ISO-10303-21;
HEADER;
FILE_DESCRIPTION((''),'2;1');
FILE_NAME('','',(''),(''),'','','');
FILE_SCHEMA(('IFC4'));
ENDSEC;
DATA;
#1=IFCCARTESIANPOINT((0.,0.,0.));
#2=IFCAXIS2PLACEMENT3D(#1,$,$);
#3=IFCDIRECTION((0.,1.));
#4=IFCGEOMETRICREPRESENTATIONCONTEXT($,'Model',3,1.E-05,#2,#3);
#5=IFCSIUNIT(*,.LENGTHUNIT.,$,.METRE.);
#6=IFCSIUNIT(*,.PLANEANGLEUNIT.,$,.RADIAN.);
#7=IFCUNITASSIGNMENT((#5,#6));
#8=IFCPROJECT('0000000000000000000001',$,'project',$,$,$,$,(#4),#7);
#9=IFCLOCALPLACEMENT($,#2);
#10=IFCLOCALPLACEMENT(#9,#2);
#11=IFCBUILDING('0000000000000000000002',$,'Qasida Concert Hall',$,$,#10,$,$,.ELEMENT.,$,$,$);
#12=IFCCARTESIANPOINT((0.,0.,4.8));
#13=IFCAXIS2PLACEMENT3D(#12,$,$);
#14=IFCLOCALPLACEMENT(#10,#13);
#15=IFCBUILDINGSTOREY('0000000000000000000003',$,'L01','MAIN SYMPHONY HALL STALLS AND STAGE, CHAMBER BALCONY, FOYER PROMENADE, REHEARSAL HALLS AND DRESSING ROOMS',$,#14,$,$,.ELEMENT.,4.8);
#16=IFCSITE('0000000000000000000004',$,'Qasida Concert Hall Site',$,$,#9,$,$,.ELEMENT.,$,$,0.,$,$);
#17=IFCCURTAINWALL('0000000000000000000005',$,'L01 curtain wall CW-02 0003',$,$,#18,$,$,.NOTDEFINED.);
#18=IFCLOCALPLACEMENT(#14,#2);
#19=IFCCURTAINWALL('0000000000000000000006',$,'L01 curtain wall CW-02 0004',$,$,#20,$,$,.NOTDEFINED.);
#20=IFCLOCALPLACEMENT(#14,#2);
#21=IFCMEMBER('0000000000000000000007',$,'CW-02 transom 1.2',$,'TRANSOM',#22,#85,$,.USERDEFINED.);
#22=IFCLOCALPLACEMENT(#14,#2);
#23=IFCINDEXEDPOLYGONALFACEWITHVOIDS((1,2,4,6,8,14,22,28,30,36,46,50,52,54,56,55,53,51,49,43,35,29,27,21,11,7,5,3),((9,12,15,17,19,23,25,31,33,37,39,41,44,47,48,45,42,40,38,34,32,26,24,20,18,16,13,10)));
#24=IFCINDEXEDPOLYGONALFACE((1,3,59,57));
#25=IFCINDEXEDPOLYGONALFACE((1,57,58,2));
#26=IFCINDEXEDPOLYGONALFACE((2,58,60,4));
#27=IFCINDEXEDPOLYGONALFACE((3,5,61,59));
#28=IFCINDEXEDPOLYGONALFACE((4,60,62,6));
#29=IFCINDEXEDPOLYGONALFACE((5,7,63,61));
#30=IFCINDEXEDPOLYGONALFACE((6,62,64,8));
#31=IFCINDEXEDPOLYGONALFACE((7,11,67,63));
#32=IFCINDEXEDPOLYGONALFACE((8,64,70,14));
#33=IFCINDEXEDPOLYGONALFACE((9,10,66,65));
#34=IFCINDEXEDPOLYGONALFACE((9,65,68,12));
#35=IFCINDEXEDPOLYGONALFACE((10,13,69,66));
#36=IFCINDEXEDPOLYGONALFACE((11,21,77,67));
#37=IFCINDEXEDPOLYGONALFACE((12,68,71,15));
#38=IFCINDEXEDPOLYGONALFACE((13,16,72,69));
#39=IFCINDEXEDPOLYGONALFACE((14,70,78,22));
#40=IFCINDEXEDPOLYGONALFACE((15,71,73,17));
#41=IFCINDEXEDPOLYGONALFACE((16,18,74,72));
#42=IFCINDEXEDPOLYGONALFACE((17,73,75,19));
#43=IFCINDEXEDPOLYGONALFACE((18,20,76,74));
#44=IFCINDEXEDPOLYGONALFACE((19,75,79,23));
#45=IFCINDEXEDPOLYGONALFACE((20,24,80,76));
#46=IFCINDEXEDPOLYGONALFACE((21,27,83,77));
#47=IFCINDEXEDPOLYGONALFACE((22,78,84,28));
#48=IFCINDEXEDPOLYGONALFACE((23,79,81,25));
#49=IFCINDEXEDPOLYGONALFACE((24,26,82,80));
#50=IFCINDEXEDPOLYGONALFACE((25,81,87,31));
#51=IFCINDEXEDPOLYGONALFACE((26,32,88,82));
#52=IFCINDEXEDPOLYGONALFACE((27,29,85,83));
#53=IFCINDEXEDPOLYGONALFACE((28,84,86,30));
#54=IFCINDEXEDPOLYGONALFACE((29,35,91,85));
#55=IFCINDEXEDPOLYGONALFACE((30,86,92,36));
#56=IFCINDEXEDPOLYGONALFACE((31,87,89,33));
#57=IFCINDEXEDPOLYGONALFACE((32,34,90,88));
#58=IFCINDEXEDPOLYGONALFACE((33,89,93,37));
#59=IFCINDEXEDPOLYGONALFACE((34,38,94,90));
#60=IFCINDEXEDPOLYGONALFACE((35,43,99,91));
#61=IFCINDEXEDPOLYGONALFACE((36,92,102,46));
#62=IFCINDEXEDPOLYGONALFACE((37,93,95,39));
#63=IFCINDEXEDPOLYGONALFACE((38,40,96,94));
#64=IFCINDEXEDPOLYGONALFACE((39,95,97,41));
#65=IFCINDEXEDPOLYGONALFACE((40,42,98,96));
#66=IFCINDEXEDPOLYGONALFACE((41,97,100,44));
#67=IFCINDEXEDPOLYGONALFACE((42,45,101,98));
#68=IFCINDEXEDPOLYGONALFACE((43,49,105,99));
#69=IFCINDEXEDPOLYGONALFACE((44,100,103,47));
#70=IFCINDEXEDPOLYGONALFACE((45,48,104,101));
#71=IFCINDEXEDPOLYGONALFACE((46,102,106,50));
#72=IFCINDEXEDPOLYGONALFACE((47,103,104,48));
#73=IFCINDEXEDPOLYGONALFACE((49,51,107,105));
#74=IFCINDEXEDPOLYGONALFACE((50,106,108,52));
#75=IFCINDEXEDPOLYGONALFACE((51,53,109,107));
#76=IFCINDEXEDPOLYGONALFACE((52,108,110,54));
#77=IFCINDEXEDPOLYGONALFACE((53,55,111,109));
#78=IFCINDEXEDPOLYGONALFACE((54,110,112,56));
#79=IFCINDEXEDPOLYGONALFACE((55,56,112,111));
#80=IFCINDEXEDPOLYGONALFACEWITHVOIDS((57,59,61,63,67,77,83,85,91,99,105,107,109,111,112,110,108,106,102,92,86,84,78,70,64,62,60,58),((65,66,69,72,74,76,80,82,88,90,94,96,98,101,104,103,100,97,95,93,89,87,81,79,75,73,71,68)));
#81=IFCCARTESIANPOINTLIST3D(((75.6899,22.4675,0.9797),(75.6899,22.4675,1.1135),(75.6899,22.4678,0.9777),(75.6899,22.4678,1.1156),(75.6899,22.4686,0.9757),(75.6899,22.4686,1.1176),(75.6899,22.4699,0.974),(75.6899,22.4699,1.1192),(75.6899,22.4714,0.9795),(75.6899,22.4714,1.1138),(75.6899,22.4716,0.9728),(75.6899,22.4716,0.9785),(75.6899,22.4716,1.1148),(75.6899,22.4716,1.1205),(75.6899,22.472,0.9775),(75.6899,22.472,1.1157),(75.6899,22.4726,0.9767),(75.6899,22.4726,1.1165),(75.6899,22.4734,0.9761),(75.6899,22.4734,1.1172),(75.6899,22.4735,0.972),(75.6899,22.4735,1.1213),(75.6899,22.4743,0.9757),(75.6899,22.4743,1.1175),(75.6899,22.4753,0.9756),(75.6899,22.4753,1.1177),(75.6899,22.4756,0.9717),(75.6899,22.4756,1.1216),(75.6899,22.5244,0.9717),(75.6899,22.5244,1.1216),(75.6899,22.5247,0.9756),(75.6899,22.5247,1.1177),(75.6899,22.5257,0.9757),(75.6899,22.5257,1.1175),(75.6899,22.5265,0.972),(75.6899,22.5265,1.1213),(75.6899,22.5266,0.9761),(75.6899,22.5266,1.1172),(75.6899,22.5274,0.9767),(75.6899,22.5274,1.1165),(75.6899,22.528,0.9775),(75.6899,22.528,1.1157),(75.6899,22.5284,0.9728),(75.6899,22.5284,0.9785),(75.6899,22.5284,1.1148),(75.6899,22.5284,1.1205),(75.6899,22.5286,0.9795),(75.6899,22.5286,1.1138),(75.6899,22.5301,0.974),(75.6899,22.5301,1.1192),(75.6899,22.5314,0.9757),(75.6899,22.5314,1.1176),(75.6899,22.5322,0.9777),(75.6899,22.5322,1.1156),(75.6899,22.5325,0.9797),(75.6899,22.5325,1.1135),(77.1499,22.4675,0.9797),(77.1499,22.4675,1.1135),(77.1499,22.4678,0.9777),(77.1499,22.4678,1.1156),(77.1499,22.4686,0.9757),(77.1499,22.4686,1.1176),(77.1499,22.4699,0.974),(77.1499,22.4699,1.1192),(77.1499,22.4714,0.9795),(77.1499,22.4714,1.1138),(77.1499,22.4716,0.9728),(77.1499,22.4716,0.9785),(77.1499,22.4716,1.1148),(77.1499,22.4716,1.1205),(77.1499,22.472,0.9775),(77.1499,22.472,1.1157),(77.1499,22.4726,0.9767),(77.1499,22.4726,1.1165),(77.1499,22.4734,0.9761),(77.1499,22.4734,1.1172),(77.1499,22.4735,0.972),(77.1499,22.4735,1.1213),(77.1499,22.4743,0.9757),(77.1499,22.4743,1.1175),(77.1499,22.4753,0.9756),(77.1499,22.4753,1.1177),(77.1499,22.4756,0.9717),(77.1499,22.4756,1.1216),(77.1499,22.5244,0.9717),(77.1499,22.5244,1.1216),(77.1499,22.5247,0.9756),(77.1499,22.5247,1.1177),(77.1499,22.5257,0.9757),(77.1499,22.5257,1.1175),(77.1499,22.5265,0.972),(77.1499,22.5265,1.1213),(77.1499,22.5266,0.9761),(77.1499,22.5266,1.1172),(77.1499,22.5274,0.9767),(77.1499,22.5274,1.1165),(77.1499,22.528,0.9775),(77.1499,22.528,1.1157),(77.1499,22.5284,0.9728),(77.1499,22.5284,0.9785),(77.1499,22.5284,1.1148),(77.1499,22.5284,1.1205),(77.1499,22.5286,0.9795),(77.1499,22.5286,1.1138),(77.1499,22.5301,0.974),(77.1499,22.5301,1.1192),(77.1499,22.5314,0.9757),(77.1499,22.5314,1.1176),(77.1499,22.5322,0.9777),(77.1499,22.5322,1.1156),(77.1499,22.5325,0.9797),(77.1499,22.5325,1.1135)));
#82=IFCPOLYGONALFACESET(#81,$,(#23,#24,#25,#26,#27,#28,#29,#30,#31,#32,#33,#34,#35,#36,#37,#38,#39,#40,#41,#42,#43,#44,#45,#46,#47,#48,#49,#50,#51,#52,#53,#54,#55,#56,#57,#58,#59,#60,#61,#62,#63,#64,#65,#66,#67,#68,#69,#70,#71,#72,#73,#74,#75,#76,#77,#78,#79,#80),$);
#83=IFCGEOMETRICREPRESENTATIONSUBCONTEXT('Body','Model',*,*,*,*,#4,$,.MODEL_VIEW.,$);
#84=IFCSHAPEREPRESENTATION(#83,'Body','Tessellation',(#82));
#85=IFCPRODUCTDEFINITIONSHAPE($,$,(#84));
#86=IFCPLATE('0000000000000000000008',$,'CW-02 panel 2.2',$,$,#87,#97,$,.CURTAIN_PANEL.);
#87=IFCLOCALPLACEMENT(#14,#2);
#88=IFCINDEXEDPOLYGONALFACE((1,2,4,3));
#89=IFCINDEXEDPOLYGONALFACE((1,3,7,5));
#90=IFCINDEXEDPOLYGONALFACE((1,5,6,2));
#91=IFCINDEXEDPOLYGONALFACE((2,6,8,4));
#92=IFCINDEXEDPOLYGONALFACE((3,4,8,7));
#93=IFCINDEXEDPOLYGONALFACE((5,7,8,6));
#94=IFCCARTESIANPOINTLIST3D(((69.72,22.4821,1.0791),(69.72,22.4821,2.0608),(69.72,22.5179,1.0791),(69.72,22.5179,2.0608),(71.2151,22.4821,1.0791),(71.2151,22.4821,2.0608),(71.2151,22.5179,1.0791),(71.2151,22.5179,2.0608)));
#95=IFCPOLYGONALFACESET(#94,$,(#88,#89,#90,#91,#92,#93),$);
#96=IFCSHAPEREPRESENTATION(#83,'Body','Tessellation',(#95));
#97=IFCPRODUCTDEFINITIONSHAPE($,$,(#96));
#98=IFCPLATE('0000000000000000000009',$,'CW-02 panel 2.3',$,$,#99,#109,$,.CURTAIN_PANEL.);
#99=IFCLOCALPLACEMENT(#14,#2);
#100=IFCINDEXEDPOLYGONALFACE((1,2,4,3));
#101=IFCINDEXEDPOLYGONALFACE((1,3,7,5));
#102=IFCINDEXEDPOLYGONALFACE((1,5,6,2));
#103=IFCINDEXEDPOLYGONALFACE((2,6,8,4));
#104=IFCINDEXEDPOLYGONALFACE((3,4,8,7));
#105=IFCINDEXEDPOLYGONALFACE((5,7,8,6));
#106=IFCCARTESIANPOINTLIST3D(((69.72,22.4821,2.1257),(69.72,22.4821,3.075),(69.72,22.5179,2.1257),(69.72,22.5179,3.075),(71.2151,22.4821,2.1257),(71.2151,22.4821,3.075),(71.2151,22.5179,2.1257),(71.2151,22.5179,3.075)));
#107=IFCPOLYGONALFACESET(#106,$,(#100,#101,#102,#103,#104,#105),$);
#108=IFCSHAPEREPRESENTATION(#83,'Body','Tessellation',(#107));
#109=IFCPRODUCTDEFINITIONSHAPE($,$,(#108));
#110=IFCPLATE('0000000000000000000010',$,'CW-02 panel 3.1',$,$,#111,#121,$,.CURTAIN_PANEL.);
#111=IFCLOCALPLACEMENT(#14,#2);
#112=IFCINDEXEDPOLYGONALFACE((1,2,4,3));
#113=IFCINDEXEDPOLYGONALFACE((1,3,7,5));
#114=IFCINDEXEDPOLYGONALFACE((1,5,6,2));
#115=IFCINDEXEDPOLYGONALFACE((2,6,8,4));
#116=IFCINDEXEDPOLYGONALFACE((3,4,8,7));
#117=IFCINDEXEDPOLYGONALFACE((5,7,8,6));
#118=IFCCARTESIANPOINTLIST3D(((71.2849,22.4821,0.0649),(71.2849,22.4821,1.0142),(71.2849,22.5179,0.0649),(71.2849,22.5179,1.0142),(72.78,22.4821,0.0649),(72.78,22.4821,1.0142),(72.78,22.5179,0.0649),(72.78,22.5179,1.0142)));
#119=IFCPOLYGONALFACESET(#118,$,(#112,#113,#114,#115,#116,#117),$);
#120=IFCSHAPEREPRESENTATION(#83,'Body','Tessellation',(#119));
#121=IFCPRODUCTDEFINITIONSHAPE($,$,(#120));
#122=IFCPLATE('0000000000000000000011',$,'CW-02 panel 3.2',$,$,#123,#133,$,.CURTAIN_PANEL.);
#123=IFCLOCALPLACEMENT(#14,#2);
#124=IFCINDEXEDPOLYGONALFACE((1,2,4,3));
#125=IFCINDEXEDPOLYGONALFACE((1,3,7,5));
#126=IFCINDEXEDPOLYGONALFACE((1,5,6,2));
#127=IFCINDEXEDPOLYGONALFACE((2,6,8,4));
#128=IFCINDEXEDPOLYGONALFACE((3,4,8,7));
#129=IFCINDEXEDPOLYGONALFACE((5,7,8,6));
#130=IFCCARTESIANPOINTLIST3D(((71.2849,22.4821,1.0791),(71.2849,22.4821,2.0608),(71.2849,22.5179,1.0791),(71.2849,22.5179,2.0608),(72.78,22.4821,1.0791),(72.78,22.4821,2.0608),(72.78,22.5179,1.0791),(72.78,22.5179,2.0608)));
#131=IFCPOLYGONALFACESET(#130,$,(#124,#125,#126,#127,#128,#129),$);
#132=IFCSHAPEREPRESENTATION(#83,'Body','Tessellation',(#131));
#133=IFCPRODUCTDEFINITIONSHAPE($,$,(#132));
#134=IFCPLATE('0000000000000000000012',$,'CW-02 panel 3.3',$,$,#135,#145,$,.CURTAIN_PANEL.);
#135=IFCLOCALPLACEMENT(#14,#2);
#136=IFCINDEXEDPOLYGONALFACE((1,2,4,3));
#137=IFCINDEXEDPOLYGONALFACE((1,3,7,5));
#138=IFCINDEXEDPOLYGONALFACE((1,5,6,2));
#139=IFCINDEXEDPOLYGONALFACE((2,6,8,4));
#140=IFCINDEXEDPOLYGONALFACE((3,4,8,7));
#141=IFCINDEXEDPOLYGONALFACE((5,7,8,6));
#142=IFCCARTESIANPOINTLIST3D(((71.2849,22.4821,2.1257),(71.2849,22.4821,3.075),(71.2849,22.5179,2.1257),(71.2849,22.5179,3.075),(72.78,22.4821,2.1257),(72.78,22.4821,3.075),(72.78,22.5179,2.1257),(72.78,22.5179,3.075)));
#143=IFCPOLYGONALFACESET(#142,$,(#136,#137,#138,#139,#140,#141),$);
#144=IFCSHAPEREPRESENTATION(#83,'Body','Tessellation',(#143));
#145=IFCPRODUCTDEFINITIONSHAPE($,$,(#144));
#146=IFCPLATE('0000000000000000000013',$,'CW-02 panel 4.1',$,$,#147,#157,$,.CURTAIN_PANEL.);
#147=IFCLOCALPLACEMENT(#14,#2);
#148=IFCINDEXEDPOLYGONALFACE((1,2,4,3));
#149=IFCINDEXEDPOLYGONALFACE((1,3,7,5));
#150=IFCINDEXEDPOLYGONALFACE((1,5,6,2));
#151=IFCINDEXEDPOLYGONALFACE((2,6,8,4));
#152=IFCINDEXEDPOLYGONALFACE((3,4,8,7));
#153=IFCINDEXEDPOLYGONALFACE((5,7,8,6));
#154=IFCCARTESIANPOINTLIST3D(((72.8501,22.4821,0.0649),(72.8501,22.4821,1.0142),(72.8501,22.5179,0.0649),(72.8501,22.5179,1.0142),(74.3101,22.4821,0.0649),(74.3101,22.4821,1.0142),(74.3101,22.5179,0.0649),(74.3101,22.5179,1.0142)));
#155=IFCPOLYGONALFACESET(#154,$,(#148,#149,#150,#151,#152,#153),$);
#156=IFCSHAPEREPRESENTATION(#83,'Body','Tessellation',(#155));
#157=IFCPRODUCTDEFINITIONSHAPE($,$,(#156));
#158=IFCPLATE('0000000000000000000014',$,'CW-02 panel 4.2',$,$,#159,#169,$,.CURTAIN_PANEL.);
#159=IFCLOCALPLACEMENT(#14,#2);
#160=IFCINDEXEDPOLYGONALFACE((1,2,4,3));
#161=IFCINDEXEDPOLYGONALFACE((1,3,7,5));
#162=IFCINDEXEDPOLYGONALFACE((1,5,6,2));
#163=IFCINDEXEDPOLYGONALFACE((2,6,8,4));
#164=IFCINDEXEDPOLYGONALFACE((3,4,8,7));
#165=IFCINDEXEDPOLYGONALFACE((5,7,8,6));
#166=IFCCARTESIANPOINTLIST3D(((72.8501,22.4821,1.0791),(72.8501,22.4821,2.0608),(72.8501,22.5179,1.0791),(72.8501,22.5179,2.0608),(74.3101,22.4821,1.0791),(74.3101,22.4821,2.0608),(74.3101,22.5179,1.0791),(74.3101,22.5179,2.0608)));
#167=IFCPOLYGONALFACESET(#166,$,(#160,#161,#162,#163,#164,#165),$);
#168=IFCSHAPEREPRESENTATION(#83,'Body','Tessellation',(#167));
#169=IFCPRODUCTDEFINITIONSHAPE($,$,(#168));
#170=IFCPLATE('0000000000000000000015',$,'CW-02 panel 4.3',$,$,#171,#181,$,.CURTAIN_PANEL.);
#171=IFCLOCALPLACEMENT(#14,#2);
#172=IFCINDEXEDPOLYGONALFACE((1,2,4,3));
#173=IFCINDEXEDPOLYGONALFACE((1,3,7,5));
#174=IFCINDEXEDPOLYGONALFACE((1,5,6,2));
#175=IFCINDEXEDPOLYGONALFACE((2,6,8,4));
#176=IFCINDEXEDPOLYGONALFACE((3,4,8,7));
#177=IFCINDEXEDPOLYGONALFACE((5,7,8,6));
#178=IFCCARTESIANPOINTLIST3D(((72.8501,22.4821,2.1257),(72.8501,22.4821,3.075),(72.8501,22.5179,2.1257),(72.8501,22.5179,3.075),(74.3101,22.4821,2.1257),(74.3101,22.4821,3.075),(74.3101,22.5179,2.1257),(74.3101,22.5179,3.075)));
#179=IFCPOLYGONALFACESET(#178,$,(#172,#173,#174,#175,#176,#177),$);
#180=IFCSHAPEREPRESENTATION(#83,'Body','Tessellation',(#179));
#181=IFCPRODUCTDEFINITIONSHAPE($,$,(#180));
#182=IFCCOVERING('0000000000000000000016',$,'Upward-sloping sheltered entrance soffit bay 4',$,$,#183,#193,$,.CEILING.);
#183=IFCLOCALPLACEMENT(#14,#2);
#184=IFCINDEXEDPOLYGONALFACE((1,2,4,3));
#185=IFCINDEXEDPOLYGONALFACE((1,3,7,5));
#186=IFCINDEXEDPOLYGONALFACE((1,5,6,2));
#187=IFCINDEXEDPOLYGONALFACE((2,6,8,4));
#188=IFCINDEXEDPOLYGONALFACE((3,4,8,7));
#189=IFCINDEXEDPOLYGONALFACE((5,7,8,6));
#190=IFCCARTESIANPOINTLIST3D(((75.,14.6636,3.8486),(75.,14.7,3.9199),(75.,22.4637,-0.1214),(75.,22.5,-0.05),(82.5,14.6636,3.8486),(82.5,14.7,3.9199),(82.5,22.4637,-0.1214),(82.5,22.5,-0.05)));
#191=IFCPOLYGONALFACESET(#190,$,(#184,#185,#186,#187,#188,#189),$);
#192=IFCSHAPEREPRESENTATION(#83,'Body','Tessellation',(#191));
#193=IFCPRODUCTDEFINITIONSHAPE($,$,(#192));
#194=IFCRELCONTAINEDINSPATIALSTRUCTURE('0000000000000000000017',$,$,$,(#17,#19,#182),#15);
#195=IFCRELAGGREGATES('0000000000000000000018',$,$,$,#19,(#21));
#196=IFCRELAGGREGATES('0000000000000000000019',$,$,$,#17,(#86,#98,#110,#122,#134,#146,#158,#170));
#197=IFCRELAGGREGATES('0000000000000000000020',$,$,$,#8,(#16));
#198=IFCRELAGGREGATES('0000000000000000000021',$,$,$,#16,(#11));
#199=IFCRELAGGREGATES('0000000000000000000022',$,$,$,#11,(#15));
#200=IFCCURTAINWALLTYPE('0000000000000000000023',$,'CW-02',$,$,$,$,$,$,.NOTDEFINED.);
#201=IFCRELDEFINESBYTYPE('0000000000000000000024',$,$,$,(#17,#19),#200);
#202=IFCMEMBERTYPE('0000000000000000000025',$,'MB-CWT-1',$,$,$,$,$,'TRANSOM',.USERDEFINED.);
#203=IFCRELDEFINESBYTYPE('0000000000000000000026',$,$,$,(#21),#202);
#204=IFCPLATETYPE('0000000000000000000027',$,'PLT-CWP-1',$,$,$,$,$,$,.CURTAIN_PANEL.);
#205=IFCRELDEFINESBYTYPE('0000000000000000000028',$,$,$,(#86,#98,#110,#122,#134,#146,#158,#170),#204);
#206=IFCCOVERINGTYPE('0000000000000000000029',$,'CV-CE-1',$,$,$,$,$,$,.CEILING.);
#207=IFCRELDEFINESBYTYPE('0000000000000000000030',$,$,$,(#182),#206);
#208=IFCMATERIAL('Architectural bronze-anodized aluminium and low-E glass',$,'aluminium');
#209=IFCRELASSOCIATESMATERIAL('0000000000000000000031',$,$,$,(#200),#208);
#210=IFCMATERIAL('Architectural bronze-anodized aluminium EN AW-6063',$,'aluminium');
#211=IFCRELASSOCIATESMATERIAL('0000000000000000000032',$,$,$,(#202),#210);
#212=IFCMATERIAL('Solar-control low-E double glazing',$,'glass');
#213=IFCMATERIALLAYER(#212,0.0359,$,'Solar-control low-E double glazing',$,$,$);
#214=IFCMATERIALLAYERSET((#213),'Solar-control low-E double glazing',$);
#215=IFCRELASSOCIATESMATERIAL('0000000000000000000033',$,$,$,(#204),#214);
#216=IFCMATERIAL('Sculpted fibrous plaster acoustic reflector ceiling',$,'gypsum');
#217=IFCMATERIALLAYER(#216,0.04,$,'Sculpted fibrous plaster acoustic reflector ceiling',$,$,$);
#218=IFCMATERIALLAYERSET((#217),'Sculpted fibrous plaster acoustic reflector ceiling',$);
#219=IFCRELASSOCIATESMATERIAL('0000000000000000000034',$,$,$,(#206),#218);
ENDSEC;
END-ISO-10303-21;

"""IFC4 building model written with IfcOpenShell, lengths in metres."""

from ifc_helpers import new_model, si_unit, direction, frame, origin, origin_2d, place, context, subcontext, project, spatial, polyline, rectangle, hollow_rectangle, outline, extrude, material, layer, layer_set, material_profile, profile_set, type_object, element, aggregate, save


model = new_model("IFC4")

# Units and contexts
model_context = context("Model", 3, precision=1e-05, world=origin(), true_north=direction((0.0, 1.0)))
body_context = subcontext(model_context, "Body", "Model", "MODEL_VIEW")
ifc_project = project(units=[si_unit("LENGTHUNIT", "METRE"), si_unit("PLANEANGLEUNIT", "RADIAN")], contexts=[model_context])

# Site, building, storey
site_placement = place(None, origin())
site = spatial("IfcSite", under=ifc_project, at=site_placement, Name="Qasida Concert Hall Site", CompositionType="ELEMENT", RefElevation=0.0)
building_placement = place(site_placement, origin())
building = spatial("IfcBuilding", under=site, at=building_placement, Name="Qasida Concert Hall", CompositionType="ELEMENT")
storey_placement = place(building_placement, frame((0.0, 0.0, 4.8)))
storey = spatial("IfcBuildingStorey", under=building, at=storey_placement, Name="L01", Description="MAIN SYMPHONY HALL STALLS AND STAGE, CHAMBER BALCONY, FOYER PROMENADE, REHEARSAL HALLS AND DRESSING ROOMS", CompositionType="ELEMENT", Elevation=4.8)

# Curtain wall
ifc_material_1 = material(Name="Architectural bronze-anodized aluminium and low-E glass", Category="aluminium")
curtain_wall_type = type_object("IfcCurtainWallType", Name="CW-02", PredefinedType="NOTDEFINED", material=ifc_material_1)
curtain_wall_1_placement = place(storey_placement, origin())
curtain_wall_1 = element("IfcCurtainWall", 1, at=curtain_wall_1_placement, inside=storey, type_object=curtain_wall_type, Name="L01 curtain wall CW-02 0003", PredefinedType="NOTDEFINED")
ifc_material_2 = material(Name="Architectural bronze-anodized aluminium EN AW-6063", Category="aluminium")

# Curtain wall
curtain_wall_2_placement = place(storey_placement, origin())
curtain_wall_2 = element("IfcCurtainWall", 2, at=curtain_wall_2_placement, inside=storey, type_object=curtain_wall_type, Name="L01 curtain wall CW-02 0004", PredefinedType="NOTDEFINED")

# Member
ifc_material_profile_1 = material_profile(ifc_material_2, hollow_rectangle(XDim=0.0649, YDim=0.1499, WallThickness=0.0039, InnerFilletRadius=0.0039, OuterFilletRadius=0.0081, at=origin_2d()), Name="CWT 150x65x4")
ifc_profile_set_1 = profile_set([ifc_material_profile_1], Name="Architectural bronze-anodized aluminium EN AW-6063")
member_type_1 = type_object("IfcMemberType", Name="MB-CWT-1", ElementType="TRANSOM", PredefinedType="USERDEFINED", material=ifc_profile_set_1)
member_1_placement = place(storey_placement, frame((75.6899, 22.5, 1.0466), z_axis=(1.0, 0.0, 0.0), x_axis=(0.0, 1.0, 0.0)))
member_1 = element("IfcMember", 3, at=member_1_placement, type_object=member_type_1, Name="CW-02 transom 1.2", ObjectType="TRANSOM", PredefinedType="USERDEFINED", context=body_context, shape_type="SweptSolid", body=[
    extrude(hollow_rectangle(XDim=0.0649, YDim=0.1499, WallThickness=0.0039, InnerFilletRadius=0.0039, OuterFilletRadius=0.0081, at=origin_2d()), origin(), (0.0, 0.0, 1.0), 1.46),
])
aggregate(curtain_wall_2, [member_1])

# Plates
ifc_material_3 = material(Name="Solar-control low-E double glazing", Category="glass")
ifc_layer_1 = layer(ifc_material_3, 0.0359, Name="Solar-control low-E double glazing")
ifc_layer_set_1 = layer_set([ifc_layer_1], Name="Solar-control low-E double glazing")
plate_type = type_object("IfcPlateType", Name="PLT-CWP-1", PredefinedType="CURTAIN_PANEL", material=ifc_layer_set_1)
plate_1_placement = place(storey_placement, frame((70.4675, 22.5, 1.0791), z_axis=(0.0, 0.0, 1.0), x_axis=(1.0, 0.0, 0.0)))
plate_1 = element("IfcPlate", 4, at=plate_1_placement, type_object=plate_type, Name="CW-02 panel 2.2", PredefinedType="CURTAIN_PANEL", context=body_context, shape_type="SweptSolid", body=[
    extrude(rectangle(XDim=1.4951, YDim=0.0359, at=origin_2d()), origin(), (0.0, 0.0, 1.0), 0.9817),
])
plate_2_placement = place(storey_placement, frame((70.4675, 22.5, 2.1257), z_axis=(0.0, 0.0, 1.0), x_axis=(1.0, 0.0, 0.0)))
plate_2 = element("IfcPlate", 5, at=plate_2_placement, type_object=plate_type, Name="CW-02 panel 2.3", PredefinedType="CURTAIN_PANEL", context=body_context, shape_type="SweptSolid", body=[
    extrude(rectangle(XDim=1.4951, YDim=0.0359, at=origin_2d()), origin(), (0.0, 0.0, 1.0), 0.9492),
])
plate_3_placement = place(storey_placement, frame((72.0325, 22.5, 0.0649), z_axis=(0.0, 0.0, 1.0), x_axis=(1.0, 0.0, 0.0)))
plate_3 = element("IfcPlate", 6, at=plate_3_placement, type_object=plate_type, Name="CW-02 panel 3.1", PredefinedType="CURTAIN_PANEL", context=body_context, shape_type="SweptSolid", body=[
    extrude(rectangle(XDim=1.4951, YDim=0.0359, at=origin_2d()), origin(), (0.0, 0.0, 1.0), 0.9492),
])
plate_4_placement = place(storey_placement, frame((72.0325, 22.5, 1.0791), z_axis=(0.0, 0.0, 1.0), x_axis=(1.0, 0.0, 0.0)))
plate_4 = element("IfcPlate", 7, at=plate_4_placement, type_object=plate_type, Name="CW-02 panel 3.2", PredefinedType="CURTAIN_PANEL", context=body_context, shape_type="SweptSolid", body=[
    extrude(rectangle(XDim=1.4951, YDim=0.0359, at=origin_2d()), origin(), (0.0, 0.0, 1.0), 0.9817),
])
plate_5_placement = place(storey_placement, frame((72.0325, 22.5, 2.1257), z_axis=(0.0, 0.0, 1.0), x_axis=(1.0, 0.0, 0.0)))
plate_5 = element("IfcPlate", 8, at=plate_5_placement, type_object=plate_type, Name="CW-02 panel 3.3", PredefinedType="CURTAIN_PANEL", context=body_context, shape_type="SweptSolid", body=[
    extrude(rectangle(XDim=1.4951, YDim=0.0359, at=origin_2d()), origin(), (0.0, 0.0, 1.0), 0.9492),
])
plate_6_placement = place(storey_placement, frame((73.5801, 22.5, 0.0649), z_axis=(0.0, 0.0, 1.0), x_axis=(1.0, 0.0, 0.0)))
plate_6 = element("IfcPlate", 9, at=plate_6_placement, type_object=plate_type, Name="CW-02 panel 4.1", PredefinedType="CURTAIN_PANEL", context=body_context, shape_type="SweptSolid", body=[
    extrude(rectangle(XDim=1.46, YDim=0.0359, at=origin_2d()), origin(), (0.0, 0.0, 1.0), 0.9492),
])
plate_7_placement = place(storey_placement, frame((73.5801, 22.5, 1.0791), z_axis=(0.0, 0.0, 1.0), x_axis=(1.0, 0.0, 0.0)))
plate_7 = element("IfcPlate", 10, at=plate_7_placement, type_object=plate_type, Name="CW-02 panel 4.2", PredefinedType="CURTAIN_PANEL", context=body_context, shape_type="SweptSolid", body=[
    extrude(rectangle(XDim=1.46, YDim=0.0359, at=origin_2d()), origin(), (0.0, 0.0, 1.0), 0.9817),
])
plate_8_placement = place(storey_placement, frame((73.5801, 22.5, 2.1257), z_axis=(0.0, 0.0, 1.0), x_axis=(1.0, 0.0, 0.0)))
plate_8 = element("IfcPlate", 11, at=plate_8_placement, type_object=plate_type, Name="CW-02 panel 4.3", PredefinedType="CURTAIN_PANEL", context=body_context, shape_type="SweptSolid", body=[
    extrude(rectangle(XDim=1.46, YDim=0.0359, at=origin_2d()), origin(), (0.0, 0.0, 1.0), 0.9492),
])
aggregate(curtain_wall_1, [plate_1, plate_2, plate_3, plate_4, plate_5, plate_6, plate_7, plate_8])

# Covering
ifc_material_4 = material(Name="Sculpted fibrous plaster acoustic reflector ceiling", Category="gypsum")
ifc_layer_2 = layer(ifc_material_4, 0.04, Name="Sculpted fibrous plaster acoustic reflector ceiling")
ifc_layer_set_2 = layer_set([ifc_layer_2], Name="Sculpted fibrous plaster acoustic reflector ceiling")
covering_type = type_object("IfcCoveringType", Name="CV-CE-1", PredefinedType="CEILING", material=ifc_layer_set_2)
covering_placement = place(storey_placement, frame((75.0, 22.5, -0.05), z_axis=(0.0, 0.453596, 0.891208), x_axis=(1.0, 0.0, 0.0)))
element("IfcCovering", 12, at=covering_placement, inside=storey, type_object=covering_type, Name="Upward-sloping sheltered entrance soffit bay 4", PredefinedType="CEILING", context=body_context, shape_type="SweptSolid", body=[
    extrude(outline(polyline([(0.0, 0.0), (7.5, 0.0), (7.5, -8.7522), (0.0, -8.7522), (0.0, 0.0)])), origin(), (0.0, 0.0, -1.0), 0.0801),
])

save(model, "model.ifc")
